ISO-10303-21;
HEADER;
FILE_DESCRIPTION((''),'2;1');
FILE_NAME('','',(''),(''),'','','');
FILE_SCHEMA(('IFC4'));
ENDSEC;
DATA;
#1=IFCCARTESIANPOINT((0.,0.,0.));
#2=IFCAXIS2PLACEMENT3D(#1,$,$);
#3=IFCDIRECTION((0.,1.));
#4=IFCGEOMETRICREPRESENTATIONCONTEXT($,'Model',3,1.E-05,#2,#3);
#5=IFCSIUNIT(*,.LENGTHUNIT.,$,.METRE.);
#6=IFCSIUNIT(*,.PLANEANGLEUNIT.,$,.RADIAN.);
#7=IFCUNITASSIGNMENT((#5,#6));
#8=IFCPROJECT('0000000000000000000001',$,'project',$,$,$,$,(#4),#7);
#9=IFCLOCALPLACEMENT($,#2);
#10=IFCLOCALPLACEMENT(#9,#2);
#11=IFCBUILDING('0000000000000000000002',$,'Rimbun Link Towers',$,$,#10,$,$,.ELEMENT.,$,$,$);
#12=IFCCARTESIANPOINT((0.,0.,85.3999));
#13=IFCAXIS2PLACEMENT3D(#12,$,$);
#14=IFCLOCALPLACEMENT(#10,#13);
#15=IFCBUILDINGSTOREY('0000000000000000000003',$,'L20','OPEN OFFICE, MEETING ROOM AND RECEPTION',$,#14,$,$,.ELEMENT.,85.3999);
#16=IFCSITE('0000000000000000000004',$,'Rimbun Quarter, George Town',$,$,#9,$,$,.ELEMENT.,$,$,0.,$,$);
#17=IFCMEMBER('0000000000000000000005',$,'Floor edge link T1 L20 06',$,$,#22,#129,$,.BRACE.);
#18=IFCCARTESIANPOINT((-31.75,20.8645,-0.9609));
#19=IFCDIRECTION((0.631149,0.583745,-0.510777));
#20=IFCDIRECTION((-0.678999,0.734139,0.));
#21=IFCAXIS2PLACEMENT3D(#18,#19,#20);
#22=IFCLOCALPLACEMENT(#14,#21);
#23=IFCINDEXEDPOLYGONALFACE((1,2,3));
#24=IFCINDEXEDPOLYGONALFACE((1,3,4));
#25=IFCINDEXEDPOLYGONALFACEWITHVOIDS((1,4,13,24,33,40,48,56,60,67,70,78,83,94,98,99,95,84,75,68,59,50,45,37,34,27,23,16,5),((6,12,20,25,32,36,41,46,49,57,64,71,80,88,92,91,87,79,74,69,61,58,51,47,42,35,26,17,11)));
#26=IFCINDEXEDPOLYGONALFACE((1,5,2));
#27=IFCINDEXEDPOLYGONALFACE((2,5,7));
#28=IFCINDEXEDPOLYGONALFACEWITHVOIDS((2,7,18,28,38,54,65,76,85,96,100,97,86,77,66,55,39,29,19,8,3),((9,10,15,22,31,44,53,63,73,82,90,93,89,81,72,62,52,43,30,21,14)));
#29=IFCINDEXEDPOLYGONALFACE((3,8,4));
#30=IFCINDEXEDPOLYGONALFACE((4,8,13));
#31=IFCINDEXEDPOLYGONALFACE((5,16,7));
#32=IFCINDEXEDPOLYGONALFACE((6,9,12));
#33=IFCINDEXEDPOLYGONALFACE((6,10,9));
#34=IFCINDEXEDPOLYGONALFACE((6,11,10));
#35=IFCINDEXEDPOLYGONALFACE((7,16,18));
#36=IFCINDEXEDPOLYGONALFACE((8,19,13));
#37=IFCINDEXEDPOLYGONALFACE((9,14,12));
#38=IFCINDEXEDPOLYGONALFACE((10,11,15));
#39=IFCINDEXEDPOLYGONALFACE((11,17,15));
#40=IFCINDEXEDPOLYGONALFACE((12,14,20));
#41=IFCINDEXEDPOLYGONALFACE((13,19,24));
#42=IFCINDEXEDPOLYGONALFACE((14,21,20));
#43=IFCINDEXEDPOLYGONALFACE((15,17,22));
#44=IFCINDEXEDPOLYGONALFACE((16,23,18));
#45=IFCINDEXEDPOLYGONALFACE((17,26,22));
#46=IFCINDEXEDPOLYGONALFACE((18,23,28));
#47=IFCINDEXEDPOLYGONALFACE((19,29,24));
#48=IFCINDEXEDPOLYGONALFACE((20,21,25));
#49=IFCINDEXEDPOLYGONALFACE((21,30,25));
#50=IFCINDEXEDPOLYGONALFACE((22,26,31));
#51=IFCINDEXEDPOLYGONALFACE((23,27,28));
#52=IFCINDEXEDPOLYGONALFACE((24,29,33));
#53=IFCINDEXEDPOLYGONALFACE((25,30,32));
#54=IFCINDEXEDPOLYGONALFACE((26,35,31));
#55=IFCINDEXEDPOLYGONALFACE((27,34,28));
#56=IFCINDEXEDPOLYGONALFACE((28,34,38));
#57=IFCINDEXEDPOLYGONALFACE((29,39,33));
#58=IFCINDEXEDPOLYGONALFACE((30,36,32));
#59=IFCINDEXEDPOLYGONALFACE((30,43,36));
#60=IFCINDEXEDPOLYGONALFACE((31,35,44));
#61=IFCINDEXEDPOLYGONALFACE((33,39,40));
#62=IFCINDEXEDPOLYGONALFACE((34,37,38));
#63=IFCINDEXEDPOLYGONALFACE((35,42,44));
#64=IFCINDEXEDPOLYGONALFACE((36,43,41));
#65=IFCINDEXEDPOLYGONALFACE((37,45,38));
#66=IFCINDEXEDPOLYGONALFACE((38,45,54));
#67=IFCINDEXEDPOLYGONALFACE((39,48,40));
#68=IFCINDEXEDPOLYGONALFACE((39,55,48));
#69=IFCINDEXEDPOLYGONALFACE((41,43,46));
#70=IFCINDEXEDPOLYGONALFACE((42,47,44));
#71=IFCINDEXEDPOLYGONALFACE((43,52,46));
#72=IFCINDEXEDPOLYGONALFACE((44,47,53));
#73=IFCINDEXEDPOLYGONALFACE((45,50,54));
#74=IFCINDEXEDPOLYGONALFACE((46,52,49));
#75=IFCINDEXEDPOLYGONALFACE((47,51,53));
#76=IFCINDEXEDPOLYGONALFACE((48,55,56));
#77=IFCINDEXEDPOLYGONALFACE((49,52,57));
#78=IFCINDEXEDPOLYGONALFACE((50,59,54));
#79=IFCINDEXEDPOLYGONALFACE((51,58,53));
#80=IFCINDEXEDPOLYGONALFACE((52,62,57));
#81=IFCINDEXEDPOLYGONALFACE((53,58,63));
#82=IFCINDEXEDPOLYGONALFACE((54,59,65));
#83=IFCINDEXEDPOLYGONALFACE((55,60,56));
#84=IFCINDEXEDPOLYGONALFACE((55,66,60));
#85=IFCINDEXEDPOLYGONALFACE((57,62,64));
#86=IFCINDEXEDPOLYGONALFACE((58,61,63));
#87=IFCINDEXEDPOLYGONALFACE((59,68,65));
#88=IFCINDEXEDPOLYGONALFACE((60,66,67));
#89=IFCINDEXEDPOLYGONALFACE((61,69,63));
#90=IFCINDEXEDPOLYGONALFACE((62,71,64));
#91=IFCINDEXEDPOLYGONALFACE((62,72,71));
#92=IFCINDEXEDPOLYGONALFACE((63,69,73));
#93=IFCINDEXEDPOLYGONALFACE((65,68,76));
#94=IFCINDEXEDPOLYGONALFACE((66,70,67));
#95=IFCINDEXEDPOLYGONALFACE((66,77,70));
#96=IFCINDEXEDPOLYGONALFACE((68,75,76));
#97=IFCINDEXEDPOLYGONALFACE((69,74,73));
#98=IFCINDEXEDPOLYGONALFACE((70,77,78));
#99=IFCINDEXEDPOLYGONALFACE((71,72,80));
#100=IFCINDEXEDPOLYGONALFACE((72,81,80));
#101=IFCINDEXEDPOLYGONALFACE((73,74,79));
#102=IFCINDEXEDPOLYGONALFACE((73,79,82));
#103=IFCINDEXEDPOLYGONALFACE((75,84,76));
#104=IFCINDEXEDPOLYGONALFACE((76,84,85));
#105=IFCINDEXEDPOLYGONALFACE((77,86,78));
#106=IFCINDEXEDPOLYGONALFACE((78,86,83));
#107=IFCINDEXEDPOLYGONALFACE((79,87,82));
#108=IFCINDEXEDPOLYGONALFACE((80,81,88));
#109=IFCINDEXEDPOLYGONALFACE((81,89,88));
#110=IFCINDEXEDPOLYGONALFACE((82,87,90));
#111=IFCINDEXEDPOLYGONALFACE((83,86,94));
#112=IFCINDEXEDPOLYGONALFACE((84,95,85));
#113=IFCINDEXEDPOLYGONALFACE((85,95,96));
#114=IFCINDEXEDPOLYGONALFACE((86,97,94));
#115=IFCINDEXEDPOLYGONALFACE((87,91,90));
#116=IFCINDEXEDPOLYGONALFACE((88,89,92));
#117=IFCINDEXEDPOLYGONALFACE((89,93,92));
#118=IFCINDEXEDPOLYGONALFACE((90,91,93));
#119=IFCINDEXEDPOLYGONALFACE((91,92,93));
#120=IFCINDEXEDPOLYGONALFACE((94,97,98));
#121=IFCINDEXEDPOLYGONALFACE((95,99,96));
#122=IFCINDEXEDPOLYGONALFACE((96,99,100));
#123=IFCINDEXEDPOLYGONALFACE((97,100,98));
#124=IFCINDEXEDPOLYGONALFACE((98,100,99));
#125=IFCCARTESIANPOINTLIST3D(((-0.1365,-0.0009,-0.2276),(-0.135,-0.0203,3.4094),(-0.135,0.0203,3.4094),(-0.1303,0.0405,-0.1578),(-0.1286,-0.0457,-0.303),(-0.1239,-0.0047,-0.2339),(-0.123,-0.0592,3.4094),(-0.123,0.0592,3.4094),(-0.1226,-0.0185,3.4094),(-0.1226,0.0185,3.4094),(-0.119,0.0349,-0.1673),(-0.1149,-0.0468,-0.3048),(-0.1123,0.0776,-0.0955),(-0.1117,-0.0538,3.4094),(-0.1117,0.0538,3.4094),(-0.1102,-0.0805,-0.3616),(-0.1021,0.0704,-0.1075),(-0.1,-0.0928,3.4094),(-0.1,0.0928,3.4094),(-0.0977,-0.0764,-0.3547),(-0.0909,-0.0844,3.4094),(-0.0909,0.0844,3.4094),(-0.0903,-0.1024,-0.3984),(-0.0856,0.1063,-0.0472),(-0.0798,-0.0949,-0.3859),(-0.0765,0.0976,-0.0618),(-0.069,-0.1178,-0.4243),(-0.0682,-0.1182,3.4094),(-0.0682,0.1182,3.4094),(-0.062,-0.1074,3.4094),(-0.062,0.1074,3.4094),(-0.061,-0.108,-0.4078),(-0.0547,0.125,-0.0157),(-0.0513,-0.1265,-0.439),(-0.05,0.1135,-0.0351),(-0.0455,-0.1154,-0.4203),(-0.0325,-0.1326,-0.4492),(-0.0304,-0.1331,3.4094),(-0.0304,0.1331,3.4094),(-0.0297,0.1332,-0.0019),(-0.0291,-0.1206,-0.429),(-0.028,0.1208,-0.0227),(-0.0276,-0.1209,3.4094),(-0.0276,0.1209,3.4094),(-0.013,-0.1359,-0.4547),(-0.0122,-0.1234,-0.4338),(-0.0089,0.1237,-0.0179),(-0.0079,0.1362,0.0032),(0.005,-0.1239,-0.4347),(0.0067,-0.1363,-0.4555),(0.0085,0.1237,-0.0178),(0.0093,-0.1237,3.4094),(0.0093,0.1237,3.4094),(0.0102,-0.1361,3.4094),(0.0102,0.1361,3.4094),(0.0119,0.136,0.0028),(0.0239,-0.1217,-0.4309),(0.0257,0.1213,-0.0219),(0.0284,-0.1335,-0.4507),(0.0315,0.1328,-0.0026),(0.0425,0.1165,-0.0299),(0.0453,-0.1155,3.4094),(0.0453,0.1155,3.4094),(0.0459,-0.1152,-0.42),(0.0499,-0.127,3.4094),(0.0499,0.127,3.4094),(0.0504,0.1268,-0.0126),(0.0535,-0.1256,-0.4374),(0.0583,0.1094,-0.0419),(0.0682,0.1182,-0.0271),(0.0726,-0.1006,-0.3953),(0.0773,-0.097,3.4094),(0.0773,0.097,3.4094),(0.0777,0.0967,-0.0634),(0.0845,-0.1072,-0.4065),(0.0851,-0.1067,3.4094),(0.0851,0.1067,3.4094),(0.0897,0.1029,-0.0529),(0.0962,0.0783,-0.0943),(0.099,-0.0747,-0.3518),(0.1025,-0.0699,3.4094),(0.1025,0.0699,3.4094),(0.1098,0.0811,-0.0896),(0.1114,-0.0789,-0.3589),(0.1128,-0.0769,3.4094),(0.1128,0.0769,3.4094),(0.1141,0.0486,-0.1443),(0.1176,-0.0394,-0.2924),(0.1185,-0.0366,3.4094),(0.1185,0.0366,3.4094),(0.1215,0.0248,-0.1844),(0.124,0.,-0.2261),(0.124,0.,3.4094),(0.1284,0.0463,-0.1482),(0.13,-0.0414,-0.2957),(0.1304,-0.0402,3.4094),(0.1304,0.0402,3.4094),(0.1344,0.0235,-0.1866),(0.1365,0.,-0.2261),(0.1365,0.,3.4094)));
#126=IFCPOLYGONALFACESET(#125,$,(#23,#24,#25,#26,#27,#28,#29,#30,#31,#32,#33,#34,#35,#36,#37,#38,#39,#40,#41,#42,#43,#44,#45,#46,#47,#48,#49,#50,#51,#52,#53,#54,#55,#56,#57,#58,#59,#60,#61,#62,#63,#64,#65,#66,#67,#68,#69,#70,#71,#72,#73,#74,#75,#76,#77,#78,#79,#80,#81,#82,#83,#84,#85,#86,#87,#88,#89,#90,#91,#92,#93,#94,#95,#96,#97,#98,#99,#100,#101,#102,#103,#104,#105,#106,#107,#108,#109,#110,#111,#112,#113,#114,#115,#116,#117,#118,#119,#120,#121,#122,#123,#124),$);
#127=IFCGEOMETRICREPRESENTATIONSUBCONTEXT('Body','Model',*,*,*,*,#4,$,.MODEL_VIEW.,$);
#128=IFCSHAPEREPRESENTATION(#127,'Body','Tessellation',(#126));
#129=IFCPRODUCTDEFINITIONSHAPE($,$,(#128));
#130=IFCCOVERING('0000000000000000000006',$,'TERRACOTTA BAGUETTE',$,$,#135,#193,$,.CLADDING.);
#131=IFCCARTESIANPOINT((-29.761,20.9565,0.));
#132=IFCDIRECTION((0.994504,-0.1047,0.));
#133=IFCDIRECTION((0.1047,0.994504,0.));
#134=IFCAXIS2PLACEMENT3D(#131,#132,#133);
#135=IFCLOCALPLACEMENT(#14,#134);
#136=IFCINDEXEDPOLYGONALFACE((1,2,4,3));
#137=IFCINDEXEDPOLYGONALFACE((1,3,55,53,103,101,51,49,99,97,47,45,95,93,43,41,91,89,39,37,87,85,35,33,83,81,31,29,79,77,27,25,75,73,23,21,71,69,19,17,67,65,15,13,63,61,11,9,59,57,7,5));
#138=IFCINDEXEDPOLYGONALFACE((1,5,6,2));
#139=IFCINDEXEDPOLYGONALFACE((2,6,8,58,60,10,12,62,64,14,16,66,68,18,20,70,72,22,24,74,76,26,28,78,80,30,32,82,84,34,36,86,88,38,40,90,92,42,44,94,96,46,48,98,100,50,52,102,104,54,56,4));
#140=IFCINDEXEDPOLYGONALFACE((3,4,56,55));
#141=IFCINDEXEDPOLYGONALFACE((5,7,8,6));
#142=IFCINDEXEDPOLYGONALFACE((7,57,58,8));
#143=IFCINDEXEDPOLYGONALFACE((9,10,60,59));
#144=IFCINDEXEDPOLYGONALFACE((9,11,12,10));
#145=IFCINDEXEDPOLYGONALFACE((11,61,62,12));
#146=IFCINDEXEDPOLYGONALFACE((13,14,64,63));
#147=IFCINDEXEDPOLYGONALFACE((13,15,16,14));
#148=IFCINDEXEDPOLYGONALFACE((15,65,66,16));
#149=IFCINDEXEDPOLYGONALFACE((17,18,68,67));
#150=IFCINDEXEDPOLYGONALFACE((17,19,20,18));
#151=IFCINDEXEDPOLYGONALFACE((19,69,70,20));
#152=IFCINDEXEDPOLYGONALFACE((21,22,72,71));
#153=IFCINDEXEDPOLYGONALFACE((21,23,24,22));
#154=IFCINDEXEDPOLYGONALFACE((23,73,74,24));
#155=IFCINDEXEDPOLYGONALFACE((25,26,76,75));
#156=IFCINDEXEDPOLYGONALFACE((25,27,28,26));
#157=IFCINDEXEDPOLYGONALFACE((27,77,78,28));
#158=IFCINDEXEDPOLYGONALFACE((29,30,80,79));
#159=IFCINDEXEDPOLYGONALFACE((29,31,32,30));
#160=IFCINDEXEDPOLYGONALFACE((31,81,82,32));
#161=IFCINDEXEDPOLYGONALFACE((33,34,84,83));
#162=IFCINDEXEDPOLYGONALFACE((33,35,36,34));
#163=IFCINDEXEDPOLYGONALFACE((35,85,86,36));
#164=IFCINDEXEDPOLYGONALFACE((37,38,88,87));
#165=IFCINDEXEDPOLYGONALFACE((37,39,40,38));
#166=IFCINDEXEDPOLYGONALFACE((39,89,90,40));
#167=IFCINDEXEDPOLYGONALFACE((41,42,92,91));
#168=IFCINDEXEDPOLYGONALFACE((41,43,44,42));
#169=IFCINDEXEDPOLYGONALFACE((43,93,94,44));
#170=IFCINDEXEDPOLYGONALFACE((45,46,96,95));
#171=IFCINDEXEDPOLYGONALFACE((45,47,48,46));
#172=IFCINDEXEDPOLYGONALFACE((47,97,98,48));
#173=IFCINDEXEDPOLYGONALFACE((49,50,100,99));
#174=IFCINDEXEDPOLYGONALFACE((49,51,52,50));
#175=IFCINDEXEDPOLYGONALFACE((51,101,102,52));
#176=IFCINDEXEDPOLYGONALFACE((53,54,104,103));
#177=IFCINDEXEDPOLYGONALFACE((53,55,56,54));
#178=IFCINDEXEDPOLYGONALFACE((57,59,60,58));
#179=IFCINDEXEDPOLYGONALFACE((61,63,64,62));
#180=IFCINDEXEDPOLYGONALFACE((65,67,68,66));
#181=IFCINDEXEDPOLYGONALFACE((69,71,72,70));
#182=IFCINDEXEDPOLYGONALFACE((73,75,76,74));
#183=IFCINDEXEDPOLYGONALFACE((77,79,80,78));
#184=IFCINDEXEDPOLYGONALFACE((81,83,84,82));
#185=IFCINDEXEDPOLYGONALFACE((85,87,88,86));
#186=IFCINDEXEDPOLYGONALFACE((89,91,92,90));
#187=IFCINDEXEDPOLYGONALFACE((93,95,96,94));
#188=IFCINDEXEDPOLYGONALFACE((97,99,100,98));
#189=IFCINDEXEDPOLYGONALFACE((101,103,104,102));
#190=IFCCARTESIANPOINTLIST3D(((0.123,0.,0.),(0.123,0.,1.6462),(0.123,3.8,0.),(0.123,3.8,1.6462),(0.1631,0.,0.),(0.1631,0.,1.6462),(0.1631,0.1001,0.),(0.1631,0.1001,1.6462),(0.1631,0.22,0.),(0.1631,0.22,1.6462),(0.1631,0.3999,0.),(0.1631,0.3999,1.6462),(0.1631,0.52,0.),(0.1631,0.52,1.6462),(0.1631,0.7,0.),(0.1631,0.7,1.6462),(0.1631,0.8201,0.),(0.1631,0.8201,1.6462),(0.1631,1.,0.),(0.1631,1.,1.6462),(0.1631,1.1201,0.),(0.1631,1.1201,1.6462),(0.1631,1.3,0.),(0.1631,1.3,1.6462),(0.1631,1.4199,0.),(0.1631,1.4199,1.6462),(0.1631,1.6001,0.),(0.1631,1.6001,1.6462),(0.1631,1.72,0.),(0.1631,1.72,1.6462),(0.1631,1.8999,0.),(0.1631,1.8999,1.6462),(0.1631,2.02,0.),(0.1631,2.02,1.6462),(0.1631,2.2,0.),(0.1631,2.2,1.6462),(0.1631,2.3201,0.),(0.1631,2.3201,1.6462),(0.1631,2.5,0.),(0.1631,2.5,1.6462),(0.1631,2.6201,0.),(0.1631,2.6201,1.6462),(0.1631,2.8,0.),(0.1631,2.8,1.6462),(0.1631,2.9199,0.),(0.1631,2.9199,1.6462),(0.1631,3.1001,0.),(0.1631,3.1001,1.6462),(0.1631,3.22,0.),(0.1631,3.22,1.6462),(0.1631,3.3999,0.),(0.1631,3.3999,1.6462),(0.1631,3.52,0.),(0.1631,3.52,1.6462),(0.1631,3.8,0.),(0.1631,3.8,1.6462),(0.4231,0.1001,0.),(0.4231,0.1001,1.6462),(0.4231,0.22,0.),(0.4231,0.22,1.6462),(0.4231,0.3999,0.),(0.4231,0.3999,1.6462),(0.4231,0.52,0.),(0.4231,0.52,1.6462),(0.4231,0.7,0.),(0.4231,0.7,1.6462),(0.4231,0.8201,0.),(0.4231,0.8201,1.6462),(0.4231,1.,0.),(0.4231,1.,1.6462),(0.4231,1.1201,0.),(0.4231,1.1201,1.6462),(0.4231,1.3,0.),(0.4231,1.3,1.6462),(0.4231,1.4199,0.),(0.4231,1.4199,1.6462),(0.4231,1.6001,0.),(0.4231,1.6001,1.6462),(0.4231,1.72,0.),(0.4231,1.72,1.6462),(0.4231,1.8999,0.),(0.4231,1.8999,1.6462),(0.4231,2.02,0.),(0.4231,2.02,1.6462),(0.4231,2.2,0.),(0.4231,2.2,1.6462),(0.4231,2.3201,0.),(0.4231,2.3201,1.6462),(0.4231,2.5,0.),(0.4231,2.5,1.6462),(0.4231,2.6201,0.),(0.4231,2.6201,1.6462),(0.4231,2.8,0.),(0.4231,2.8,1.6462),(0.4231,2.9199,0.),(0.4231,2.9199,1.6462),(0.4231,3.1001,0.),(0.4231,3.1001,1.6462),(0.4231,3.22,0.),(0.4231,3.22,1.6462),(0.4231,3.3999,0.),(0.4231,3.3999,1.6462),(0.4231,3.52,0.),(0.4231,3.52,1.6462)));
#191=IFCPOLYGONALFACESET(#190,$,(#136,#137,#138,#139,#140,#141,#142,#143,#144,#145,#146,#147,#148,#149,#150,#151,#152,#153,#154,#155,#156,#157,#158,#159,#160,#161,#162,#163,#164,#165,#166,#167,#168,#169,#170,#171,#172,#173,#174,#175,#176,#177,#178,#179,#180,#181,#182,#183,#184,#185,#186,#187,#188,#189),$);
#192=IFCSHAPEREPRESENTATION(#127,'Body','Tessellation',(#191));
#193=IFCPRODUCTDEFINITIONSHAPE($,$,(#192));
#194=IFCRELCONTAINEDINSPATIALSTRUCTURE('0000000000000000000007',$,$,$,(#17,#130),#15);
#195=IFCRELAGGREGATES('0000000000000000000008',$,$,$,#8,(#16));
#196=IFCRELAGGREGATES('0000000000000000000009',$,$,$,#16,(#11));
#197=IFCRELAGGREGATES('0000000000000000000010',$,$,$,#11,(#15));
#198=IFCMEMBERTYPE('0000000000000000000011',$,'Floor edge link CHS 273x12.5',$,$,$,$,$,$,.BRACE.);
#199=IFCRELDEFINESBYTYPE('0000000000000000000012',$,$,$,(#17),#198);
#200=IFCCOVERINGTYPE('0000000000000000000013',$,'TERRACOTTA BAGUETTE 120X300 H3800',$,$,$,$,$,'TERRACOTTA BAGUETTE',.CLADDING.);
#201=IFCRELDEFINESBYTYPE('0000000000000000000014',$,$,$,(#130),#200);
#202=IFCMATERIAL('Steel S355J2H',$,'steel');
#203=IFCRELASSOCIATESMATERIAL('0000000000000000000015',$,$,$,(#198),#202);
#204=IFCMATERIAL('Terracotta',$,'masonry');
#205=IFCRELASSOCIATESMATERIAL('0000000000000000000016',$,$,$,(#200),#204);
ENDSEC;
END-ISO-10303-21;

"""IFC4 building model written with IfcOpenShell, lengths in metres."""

from ifc_helpers import new_model, si_unit, direction, frame, origin, origin_2d, place, context, subcontext, project, spatial, polyline, hollow_circle, outline, extrude, clip, halfspace, material, material_profile, profile_set, type_object, element, save


model = new_model("IFC4")

# Units and contexts
model_context = context("Model", 3, precision=1e-05, world=origin(), true_north=direction((0.0, 1.0)))
body_context = subcontext(model_context, "Body", "Model", "MODEL_VIEW")
ifc_project = project(units=[si_unit("LENGTHUNIT", "METRE"), si_unit("PLANEANGLEUNIT", "RADIAN")], contexts=[model_context])

# Site, building, storey
site_placement = place(None, origin())
site = spatial("IfcSite", under=ifc_project, at=site_placement, Name="Rimbun Quarter, George Town", CompositionType="ELEMENT", RefElevation=0.0)
building_placement = place(site_placement, origin())
building = spatial("IfcBuilding", under=site, at=building_placement, Name="Rimbun Link Towers", CompositionType="ELEMENT")
storey_placement = place(building_placement, frame((0.0, 0.0, 85.3999)))
storey = spatial("IfcBuildingStorey", under=building, at=storey_placement, Name="L20", Description="OPEN OFFICE, MEETING ROOM AND RECEPTION", CompositionType="ELEMENT", Elevation=85.3999)

# Member
ifc_material_1 = material(Name="Steel S355J2H", Category="steel")
ifc_material_profile_1 = material_profile(ifc_material_1, hollow_circle(Radius=0.1365, WallThickness=0.0125, at=origin_2d()), Name="CHS 273x12.5")
ifc_profile_set_1 = profile_set([ifc_material_profile_1], Name="Steel S355J2H")
member_type_1 = type_object("IfcMemberType", Name="Floor edge link CHS 273x12.5", PredefinedType="BRACE", material=ifc_profile_set_1)
member_1_placement = place(storey_placement, frame((-31.75, 20.8645, -0.9609), z_axis=(0.631149, 0.583745, -0.510777), x_axis=(-0.678999, 0.734139, 0.0)))
element("IfcMember", 1, at=member_1_placement, inside=storey, type_object=member_type_1, Name="Floor edge link T1 L20 06", PredefinedType="BRACE", context=body_context, shape_type="Clipping", body=[
    clip(extrude(hollow_circle(Radius=0.1365, WallThickness=0.0125, at=origin_2d()), frame((0.0, 0.0, -0.479)), (0.0, 0.0, 1.0), 3.8884), halfspace(frame((0.0, 0.0, -0.2261), z_axis=(0.0, 0.859713, -0.510777)), False)),
])

# Covering
ifc_material_2 = material(Name="Terracotta", Category="masonry")
ifc_material_profile_2 = material_profile(ifc_material_2, outline(polyline([(0.123, 0.0), (0.1631, 0.0), (0.1631, 0.1001), (0.4231, 0.1001), (0.4231, 0.22), (0.1631, 0.22), (0.1631, 0.3999), (0.4231, 0.3999), (0.4231, 0.52), (0.1631, 0.52), (0.1631, 0.7), (0.4231, 0.7), (0.4231, 0.8201), (0.1631, 0.8201), (0.1631, 1.0), (0.4231, 1.0), (0.4231, 1.1201), (0.1631, 1.1201), (0.1631, 1.3), (0.4231, 1.3), (0.4231, 1.4199), (0.1631, 1.4199), (0.1631, 1.6001), (0.4231, 1.6001), (0.4231, 1.72), (0.1631, 1.72), (0.1631, 1.8999), (0.4231, 1.8999), (0.4231, 2.02), (0.1631, 2.02), (0.1631, 2.2), (0.4231, 2.2), (0.4231, 2.3201), (0.1631, 2.3201), (0.1631, 2.5), (0.4231, 2.5), (0.4231, 2.6201), (0.1631, 2.6201), (0.1631, 2.8), (0.4231, 2.8), (0.4231, 2.9199), (0.1631, 2.9199), (0.1631, 3.1001), (0.4231, 3.1001), (0.4231, 3.22), (0.1631, 3.22), (0.1631, 3.3999), (0.4231, 3.3999), (0.4231, 3.52), (0.1631, 3.52), (0.1631, 3.8), (0.123, 3.8), (0.123, 0.0)])), Name="BAGUETTE 120X300")
ifc_profile_set_2 = profile_set([ifc_material_profile_2], Name="Terracotta")
covering_type = type_object("IfcCoveringType", Name="TERRACOTTA BAGUETTE 120X300 H3800", ElementType="TERRACOTTA BAGUETTE", PredefinedType="CLADDING", material=ifc_profile_set_2)
covering_1_placement = place(storey_placement, frame((-29.761, 20.9565, 0.0), z_axis=(0.994504, -0.1047, 0.0), x_axis=(0.1047, 0.994504, 0.0)))
element("IfcCovering", 2, at=covering_1_placement, inside=storey, type_object=covering_type, Name="TERRACOTTA BAGUETTE", PredefinedType="CLADDING", context=body_context, shape_type="SweptSolid", body=[
    extrude(outline(polyline([(0.123, 0.0), (0.1631, 0.0), (0.1631, 0.1001), (0.4231, 0.1001), (0.4231, 0.22), (0.1631, 0.22), (0.1631, 0.3999), (0.4231, 0.3999), (0.4231, 0.52), (0.1631, 0.52), (0.1631, 0.7), (0.4231, 0.7), (0.4231, 0.8201), (0.1631, 0.8201), (0.1631, 1.0), (0.4231, 1.0), (0.4231, 1.1201), (0.1631, 1.1201), (0.1631, 1.3), (0.4231, 1.3), (0.4231, 1.4199), (0.1631, 1.4199), (0.1631, 1.6001), (0.4231, 1.6001), (0.4231, 1.72), (0.1631, 1.72), (0.1631, 1.8999), (0.4231, 1.8999), (0.4231, 2.02), (0.1631, 2.02), (0.1631, 2.2), (0.4231, 2.2), (0.4231, 2.3201), (0.1631, 2.3201), (0.1631, 2.5), (0.4231, 2.5), (0.4231, 2.6201), (0.1631, 2.6201), (0.1631, 2.8), (0.4231, 2.8), (0.4231, 2.9199), (0.1631, 2.9199), (0.1631, 3.1001), (0.4231, 3.1001), (0.4231, 3.22), (0.1631, 3.22), (0.1631, 3.3999), (0.4231, 3.3999), (0.4231, 3.52), (0.1631, 3.52), (0.1631, 3.8), (0.123, 3.8), (0.123, 0.0)])), origin(), (0.0, 0.0, 1.0), 1.6462),
])

save(model, "model.ifc")
